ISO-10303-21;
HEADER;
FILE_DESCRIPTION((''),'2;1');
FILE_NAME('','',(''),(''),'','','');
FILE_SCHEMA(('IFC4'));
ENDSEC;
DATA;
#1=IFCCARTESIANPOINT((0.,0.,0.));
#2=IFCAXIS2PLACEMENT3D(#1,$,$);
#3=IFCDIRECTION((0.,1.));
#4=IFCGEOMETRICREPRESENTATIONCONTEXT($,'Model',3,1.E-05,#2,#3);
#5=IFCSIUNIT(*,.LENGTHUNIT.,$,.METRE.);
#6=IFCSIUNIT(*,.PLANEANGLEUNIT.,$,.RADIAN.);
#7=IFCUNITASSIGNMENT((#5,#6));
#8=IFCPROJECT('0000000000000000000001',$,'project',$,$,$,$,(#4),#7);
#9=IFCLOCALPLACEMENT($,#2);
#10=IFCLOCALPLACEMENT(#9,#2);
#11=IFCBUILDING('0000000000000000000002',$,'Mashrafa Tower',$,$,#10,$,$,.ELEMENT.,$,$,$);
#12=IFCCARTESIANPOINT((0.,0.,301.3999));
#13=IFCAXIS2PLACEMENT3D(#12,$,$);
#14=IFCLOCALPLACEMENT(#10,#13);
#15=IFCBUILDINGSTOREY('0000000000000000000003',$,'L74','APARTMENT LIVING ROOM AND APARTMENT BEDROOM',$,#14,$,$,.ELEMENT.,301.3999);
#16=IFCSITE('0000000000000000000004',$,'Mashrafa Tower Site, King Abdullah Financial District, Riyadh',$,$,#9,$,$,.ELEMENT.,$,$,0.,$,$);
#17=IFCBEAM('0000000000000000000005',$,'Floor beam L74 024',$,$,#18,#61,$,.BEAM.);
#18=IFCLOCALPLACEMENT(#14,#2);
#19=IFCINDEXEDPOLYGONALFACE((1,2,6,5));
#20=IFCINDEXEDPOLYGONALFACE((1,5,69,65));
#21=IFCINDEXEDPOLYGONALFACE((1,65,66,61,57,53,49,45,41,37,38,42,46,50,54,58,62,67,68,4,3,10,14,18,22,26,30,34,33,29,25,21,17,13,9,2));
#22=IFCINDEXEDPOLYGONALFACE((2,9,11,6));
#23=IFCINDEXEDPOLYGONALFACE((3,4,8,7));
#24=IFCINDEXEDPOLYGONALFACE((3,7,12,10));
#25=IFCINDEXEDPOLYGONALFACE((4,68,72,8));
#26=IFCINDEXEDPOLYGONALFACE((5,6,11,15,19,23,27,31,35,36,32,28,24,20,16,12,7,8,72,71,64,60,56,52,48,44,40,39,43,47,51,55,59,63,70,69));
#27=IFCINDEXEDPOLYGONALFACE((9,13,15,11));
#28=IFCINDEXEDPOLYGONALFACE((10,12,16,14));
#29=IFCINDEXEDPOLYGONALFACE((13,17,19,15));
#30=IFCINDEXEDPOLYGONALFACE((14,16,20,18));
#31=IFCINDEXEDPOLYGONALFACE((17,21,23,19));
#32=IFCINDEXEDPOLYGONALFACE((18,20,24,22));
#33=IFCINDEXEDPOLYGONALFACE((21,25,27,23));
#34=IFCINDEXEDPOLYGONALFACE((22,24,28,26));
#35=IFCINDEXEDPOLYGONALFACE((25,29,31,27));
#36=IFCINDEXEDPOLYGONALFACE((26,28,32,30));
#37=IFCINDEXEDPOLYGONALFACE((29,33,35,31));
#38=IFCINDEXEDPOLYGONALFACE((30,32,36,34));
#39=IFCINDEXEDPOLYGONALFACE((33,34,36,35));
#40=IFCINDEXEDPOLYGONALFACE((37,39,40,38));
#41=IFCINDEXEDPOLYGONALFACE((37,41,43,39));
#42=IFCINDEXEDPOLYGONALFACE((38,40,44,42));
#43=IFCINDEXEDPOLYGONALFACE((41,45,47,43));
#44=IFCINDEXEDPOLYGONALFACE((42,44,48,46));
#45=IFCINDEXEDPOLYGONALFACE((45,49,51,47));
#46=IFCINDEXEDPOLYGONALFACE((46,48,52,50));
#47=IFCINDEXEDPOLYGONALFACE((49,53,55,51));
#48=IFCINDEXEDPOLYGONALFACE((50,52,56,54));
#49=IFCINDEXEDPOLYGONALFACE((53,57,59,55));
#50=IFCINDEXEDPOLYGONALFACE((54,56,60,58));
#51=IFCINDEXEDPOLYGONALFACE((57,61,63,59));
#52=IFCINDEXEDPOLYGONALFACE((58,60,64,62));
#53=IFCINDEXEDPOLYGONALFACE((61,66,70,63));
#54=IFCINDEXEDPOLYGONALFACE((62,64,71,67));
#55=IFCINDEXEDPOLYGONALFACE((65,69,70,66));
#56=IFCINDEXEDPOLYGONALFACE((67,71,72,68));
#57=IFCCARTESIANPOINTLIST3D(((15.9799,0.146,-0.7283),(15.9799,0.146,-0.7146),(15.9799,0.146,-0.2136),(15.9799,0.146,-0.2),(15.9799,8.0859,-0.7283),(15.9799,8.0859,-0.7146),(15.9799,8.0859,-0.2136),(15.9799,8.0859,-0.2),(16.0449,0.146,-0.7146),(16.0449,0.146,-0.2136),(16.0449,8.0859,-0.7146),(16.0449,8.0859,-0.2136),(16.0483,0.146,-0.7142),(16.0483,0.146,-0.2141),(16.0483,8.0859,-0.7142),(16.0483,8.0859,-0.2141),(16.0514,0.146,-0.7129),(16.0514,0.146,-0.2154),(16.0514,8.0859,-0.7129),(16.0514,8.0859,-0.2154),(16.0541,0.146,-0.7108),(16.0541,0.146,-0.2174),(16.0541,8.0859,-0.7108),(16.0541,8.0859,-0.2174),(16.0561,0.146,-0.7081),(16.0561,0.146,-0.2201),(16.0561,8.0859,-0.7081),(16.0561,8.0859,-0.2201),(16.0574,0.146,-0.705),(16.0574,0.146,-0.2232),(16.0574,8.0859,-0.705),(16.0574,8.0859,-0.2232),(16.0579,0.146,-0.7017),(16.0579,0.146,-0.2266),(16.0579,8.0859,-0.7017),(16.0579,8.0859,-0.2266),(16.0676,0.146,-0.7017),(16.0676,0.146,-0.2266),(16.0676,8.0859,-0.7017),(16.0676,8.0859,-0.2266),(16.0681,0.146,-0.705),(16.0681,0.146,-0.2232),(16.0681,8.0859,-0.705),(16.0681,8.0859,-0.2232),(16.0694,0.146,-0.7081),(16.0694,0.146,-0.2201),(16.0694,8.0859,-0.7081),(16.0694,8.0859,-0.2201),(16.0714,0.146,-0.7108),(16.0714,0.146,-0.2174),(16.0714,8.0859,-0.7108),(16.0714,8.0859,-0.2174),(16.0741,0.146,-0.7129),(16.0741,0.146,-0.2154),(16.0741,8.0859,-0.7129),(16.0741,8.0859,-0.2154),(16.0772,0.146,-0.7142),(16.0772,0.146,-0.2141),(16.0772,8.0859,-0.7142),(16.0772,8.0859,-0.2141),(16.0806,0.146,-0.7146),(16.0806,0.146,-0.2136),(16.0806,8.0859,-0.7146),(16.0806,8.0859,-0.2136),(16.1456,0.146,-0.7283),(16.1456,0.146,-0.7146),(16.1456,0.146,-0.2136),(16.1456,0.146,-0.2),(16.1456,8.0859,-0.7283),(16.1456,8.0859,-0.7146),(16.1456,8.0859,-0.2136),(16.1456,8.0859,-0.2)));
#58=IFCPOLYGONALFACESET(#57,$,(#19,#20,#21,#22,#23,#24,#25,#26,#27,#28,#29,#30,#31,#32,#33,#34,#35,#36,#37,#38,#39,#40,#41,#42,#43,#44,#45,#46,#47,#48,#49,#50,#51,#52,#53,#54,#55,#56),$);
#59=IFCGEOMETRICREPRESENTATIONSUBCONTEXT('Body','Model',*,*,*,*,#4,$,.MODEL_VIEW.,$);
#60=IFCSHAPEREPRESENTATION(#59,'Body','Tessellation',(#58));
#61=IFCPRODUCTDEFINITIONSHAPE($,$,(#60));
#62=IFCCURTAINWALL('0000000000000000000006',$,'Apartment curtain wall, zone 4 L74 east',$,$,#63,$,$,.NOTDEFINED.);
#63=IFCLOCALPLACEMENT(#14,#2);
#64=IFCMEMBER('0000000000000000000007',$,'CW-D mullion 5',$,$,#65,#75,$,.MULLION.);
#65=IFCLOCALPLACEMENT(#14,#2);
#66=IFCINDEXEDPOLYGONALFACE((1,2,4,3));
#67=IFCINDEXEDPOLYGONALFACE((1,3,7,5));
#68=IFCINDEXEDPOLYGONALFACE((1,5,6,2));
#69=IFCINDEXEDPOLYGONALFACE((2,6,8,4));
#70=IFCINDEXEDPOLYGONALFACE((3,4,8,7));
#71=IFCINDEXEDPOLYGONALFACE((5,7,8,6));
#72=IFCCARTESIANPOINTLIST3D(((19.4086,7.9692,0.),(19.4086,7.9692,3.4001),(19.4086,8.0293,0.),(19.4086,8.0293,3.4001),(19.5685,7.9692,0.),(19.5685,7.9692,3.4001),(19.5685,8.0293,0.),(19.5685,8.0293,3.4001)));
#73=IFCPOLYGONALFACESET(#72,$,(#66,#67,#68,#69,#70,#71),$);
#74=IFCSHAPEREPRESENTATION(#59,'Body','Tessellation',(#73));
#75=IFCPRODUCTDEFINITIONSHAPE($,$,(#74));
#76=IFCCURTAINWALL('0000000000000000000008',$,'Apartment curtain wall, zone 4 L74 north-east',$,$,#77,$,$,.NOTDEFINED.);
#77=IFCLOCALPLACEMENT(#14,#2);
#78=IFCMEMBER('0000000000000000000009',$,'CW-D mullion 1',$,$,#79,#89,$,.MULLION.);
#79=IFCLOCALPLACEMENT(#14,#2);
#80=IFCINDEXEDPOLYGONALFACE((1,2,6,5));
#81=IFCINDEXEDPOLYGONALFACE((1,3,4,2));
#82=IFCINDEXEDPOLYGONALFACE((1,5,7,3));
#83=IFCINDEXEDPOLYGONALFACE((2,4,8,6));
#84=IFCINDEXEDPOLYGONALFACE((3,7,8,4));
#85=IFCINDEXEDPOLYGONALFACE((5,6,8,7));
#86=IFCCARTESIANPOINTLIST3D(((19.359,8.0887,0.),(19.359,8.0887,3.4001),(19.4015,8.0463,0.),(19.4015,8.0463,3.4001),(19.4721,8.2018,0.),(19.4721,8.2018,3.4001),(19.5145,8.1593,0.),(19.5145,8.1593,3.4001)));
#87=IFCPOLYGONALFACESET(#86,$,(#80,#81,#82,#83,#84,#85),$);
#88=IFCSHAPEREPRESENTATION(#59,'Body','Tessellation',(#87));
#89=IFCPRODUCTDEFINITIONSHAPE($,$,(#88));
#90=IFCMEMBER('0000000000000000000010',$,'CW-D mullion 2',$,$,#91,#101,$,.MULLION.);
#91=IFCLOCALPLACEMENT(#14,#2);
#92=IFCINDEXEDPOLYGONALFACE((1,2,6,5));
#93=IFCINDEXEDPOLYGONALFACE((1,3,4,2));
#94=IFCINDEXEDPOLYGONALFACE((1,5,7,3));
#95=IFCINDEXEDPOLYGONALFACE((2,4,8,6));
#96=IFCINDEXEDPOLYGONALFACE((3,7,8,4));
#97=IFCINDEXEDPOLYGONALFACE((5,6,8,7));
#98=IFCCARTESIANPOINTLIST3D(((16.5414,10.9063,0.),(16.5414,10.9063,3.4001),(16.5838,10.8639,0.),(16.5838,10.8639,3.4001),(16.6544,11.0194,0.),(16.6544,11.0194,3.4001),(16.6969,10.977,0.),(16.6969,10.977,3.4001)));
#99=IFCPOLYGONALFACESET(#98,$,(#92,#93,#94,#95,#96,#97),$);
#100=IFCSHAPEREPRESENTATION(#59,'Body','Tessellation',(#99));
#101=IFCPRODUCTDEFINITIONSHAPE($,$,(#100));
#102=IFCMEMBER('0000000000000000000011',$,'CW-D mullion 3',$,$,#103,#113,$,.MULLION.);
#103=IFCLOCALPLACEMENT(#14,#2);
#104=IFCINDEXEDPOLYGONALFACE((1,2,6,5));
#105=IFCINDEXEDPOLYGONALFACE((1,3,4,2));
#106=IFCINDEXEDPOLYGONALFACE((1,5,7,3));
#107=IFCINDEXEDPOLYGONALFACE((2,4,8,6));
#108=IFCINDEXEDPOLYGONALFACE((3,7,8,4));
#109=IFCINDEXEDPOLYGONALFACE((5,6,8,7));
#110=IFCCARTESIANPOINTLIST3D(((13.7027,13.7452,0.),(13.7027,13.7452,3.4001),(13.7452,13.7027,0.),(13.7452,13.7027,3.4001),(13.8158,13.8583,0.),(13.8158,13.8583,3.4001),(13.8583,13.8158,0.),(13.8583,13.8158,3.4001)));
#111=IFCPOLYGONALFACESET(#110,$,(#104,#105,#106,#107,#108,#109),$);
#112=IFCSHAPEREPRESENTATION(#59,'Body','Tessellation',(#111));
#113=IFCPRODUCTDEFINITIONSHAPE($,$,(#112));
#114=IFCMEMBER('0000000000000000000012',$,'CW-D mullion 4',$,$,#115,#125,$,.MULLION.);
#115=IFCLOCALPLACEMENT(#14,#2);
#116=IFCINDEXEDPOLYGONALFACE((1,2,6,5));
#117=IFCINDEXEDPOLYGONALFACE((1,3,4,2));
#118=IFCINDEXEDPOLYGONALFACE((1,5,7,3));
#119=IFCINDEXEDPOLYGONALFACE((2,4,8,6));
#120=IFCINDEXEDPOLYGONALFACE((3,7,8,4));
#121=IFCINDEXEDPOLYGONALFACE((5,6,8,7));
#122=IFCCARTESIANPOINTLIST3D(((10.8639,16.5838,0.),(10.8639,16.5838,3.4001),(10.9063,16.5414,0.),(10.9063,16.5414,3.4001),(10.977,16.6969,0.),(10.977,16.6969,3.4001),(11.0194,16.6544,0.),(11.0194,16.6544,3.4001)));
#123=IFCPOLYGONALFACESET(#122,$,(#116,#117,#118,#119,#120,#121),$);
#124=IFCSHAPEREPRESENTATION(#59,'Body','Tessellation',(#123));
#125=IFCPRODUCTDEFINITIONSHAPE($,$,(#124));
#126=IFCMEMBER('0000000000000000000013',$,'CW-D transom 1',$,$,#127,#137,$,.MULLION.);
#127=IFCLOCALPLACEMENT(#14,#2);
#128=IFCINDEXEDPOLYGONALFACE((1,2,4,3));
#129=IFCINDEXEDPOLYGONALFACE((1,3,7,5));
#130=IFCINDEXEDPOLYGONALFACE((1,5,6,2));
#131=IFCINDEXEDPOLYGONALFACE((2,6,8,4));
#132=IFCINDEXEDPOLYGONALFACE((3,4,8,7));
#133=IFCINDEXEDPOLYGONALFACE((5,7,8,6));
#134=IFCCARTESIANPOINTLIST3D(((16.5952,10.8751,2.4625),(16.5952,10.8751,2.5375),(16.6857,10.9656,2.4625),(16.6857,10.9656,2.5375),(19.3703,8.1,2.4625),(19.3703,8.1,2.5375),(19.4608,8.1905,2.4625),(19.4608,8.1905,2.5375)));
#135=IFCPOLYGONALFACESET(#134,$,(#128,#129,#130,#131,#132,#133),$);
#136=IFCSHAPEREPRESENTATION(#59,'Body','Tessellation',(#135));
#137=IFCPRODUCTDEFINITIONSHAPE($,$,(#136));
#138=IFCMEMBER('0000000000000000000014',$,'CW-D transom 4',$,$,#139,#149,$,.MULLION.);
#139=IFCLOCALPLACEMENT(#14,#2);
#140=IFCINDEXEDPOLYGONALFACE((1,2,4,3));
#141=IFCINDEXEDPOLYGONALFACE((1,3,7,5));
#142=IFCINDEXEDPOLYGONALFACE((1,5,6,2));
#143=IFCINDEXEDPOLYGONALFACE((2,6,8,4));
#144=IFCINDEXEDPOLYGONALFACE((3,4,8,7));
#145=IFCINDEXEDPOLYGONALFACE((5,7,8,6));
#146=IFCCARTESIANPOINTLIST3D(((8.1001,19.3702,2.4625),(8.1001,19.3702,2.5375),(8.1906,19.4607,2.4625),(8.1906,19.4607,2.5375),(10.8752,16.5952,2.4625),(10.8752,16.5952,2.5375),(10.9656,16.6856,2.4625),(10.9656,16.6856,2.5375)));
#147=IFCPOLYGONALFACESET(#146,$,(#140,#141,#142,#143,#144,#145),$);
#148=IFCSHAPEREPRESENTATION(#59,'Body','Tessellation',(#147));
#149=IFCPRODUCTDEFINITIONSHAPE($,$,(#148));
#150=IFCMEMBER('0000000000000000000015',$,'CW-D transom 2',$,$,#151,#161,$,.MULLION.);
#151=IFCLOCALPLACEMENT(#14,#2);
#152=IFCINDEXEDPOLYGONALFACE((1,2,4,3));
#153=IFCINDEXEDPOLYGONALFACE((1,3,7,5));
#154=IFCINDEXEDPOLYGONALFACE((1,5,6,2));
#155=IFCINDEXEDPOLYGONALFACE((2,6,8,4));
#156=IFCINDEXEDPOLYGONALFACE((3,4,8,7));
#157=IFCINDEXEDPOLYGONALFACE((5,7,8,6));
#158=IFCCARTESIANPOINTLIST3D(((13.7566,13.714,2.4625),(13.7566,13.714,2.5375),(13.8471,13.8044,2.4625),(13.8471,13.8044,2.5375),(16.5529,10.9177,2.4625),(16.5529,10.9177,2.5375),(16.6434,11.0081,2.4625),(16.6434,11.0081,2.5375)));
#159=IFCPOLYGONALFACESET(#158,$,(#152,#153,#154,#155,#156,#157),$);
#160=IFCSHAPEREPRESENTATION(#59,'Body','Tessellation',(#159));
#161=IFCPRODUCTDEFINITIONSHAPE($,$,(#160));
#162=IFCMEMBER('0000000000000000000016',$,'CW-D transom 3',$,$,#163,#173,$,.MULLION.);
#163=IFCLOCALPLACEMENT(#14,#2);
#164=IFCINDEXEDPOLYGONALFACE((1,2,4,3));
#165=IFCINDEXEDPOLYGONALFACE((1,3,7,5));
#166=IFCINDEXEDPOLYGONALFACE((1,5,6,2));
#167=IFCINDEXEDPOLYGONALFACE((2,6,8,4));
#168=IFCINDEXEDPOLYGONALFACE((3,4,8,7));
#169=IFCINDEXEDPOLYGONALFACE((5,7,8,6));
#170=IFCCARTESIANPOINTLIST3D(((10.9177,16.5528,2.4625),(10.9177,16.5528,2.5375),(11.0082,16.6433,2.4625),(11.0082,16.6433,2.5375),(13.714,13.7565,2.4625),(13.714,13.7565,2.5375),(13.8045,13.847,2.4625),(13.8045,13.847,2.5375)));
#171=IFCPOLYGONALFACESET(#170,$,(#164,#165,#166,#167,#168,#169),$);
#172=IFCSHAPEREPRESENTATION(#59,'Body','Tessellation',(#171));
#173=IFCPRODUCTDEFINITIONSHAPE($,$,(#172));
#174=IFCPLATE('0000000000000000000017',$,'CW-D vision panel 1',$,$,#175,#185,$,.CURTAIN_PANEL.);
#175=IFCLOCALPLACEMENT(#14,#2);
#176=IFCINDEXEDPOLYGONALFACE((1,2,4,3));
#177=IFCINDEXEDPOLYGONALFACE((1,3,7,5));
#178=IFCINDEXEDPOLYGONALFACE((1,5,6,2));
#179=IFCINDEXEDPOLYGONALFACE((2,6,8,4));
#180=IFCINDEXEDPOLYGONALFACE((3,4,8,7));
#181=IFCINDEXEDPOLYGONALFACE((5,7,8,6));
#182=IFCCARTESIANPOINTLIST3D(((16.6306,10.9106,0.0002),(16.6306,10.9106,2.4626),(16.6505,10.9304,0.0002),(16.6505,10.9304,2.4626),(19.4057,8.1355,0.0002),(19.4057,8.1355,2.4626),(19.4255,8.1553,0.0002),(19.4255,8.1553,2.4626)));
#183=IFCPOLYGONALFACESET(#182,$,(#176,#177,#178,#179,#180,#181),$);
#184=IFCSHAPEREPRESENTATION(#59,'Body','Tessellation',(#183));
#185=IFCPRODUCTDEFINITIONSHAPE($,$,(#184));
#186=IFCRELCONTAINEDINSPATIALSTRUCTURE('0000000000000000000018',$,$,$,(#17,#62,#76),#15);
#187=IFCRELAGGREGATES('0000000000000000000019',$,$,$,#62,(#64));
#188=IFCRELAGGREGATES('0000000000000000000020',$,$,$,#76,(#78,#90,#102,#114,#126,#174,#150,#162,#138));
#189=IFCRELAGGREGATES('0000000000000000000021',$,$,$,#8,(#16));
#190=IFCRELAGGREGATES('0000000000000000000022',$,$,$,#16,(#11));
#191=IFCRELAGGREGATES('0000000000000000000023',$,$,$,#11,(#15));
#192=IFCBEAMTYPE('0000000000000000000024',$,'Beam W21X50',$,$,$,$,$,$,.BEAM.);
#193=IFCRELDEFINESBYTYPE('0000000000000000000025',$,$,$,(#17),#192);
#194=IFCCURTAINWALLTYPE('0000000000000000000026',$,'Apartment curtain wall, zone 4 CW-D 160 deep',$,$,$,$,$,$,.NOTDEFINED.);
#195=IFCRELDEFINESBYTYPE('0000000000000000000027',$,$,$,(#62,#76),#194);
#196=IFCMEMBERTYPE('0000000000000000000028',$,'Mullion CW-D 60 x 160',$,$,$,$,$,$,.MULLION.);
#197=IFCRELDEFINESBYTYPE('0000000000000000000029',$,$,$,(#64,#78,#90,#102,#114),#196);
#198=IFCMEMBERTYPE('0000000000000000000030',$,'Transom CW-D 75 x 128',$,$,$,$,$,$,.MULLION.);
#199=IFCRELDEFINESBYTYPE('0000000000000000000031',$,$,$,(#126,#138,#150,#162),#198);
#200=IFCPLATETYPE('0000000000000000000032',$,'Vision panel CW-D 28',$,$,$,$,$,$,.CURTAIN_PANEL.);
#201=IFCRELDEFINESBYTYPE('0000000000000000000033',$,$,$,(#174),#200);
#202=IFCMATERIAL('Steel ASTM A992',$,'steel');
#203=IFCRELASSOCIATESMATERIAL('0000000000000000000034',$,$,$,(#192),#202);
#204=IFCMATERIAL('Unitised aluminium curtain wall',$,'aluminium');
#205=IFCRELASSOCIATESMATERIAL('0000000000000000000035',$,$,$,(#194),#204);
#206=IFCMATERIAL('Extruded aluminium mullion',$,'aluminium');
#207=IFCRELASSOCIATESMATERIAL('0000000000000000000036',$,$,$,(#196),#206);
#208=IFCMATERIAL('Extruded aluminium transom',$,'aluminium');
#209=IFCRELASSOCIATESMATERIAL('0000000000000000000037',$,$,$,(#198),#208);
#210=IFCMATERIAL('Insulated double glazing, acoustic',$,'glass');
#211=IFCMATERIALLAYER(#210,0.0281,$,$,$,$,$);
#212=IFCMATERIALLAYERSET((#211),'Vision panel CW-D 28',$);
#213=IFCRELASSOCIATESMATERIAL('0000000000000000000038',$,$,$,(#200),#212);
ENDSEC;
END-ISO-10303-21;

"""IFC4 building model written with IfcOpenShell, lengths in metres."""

from ifc_helpers import new_model, si_unit, direction, frame, origin, origin_2d, place, context, subcontext, project, spatial, rectangle, i_section, extrude, source, transform, mapped, material, layer, layer_set, material_profile, profile_set, type_object, type_shapes, element, aggregate, save


model = new_model("IFC4")

# Units and contexts
model_context = context("Model", 3, precision=1e-05, world=origin(), true_north=direction((0.0, 1.0)))
body_context = subcontext(model_context, "Body", "Model", "MODEL_VIEW")
ifc_project = project(units=[si_unit("LENGTHUNIT", "METRE"), si_unit("PLANEANGLEUNIT", "RADIAN")], contexts=[model_context])

# Site, building, storey
site_placement = place(None, origin())
site = spatial("IfcSite", under=ifc_project, at=site_placement, Name="Mashrafa Tower Site, King Abdullah Financial District, Riyadh", CompositionType="ELEMENT", RefElevation=0.0)
building_placement = place(site_placement, origin())
building = spatial("IfcBuilding", under=site, at=building_placement, Name="Mashrafa Tower", CompositionType="ELEMENT")
storey_placement = place(building_placement, frame((0.0, 0.0, 301.3999)))
storey = spatial("IfcBuildingStorey", under=building, at=storey_placement, Name="L74", Description="APARTMENT LIVING ROOM AND APARTMENT BEDROOM", CompositionType="ELEMENT", Elevation=301.3999)

# Beam
ifc_material_1 = material(Name="Steel ASTM A992", Category="steel")
ifc_material_profile_1 = material_profile(ifc_material_1, i_section(OverallWidth=0.1658, OverallDepth=0.5283, WebThickness=0.0098, FlangeThickness=0.0137, FilletRadius=0.0129, at=origin_2d()), Name="W21X50")
ifc_profile_set_1 = profile_set([ifc_material_profile_1], Name="Steel ASTM A992")
beam_type_1 = type_object("IfcBeamType", Name="Beam W21X50", PredefinedType="BEAM", material=ifc_profile_set_1)
beam_1_placement = place(storey_placement, frame((16.0627, 8.0859, -0.4641), z_axis=(0.0, -1.0, 0.0), x_axis=(1.0, 0.0, 0.0)))
element("IfcBeam", 1, at=beam_1_placement, inside=storey, type_object=beam_type_1, Name="Floor beam L74 024", PredefinedType="BEAM", context=body_context, shape_type="SweptSolid", body=[
    extrude(i_section(OverallWidth=0.1658, OverallDepth=0.5283, WebThickness=0.0098, FlangeThickness=0.0137, FilletRadius=0.0129, at=origin_2d()), origin(), (0.0, 0.0, 1.0), 7.9399),
])

# Curtain wall, member
ifc_material_2 = material(Name="Unitised aluminium curtain wall", Category="aluminium")
curtain_wall_type = type_object("IfcCurtainWallType", Name="Apartment curtain wall, zone 4 CW-D 160 deep", PredefinedType="NOTDEFINED", material=ifc_material_2)
curtain_wall_1_placement = place(storey_placement, origin())
curtain_wall_1 = element("IfcCurtainWall", 2, at=curtain_wall_1_placement, inside=storey, type_object=curtain_wall_type, Name="Apartment curtain wall, zone 4 L74 east", PredefinedType="NOTDEFINED")
ifc_material_3 = material(Name="Extruded aluminium mullion", Category="aluminium")
ifc_material_profile_2 = material_profile(ifc_material_3, rectangle(XDim=0.1599, YDim=0.0601, at=origin_2d()), Name="Mullion 60x160")
ifc_profile_set_2 = profile_set([ifc_material_profile_2], Name="Extruded aluminium mullion")
member_type_1 = type_object("IfcMemberType", Name="Mullion CW-D 60 x 160", PredefinedType="MULLION", material=ifc_profile_set_2)
shared_shape_1 = source(origin(), body_context, "Body", "SweptSolid", [
    extrude(rectangle(XDim=0.1599, YDim=0.0601, at=origin_2d()), origin(), (0.0, 0.0, 1.0), 3.4001),
])
type_shapes(member_type_1, [shared_shape_1])
member_1_placement = place(storey_placement, frame((19.4885, 7.9993, 0.0), z_axis=(0.0, 0.0, 1.0), x_axis=(-1.0, 0.0, 0.0)))
member_1 = element("IfcMember", 3, at=member_1_placement, type_object=member_type_1, Name="CW-D mullion 5", PredefinedType="MULLION", context=body_context, shape_type="MappedRepresentation", body=[
    mapped(shared_shape_1, transform((0.0, 0.0, 0.0))),
])
aggregate(curtain_wall_1, [member_1])

# Curtain wall, members, plate
curtain_wall_2_placement = place(storey_placement, origin())
curtain_wall_2 = element("IfcCurtainWall", 4, at=curtain_wall_2_placement, inside=storey, type_object=curtain_wall_type, Name="Apartment curtain wall, zone 4 L74 north-east", PredefinedType="NOTDEFINED")
member_2_placement = place(storey_placement, frame((19.4368, 8.124, 0.0), z_axis=(0.0, 0.0, 1.0), x_axis=(-0.707107, -0.707107, 0.0)))
member_2 = element("IfcMember", 5, at=member_2_placement, type_object=member_type_1, Name="CW-D mullion 1", PredefinedType="MULLION", context=body_context, shape_type="MappedRepresentation", body=[
    mapped(shared_shape_1, transform((0.0, 0.0, 0.0))),
])
member_3_placement = place(storey_placement, frame((16.6191, 10.9417, 0.0), z_axis=(0.0, 0.0, 1.0), x_axis=(-0.707107, -0.707107, 0.0)))
member_3 = element("IfcMember", 6, at=member_3_placement, type_object=member_type_1, Name="CW-D mullion 2", PredefinedType="MULLION", context=body_context, shape_type="MappedRepresentation", body=[
    mapped(shared_shape_1, transform((0.0, 0.0, 0.0))),
])
member_4_placement = place(storey_placement, frame((13.7805, 13.7805, 0.0), z_axis=(0.0, 0.0, 1.0), x_axis=(-0.707107, -0.707107, 0.0)))
member_4 = element("IfcMember", 7, at=member_4_placement, type_object=member_type_1, Name="CW-D mullion 3", PredefinedType="MULLION", context=body_context, shape_type="MappedRepresentation", body=[
    mapped(shared_shape_1, transform((0.0, 0.0, 0.0))),
])
member_5_placement = place(storey_placement, frame((10.9417, 16.6191, 0.0), z_axis=(0.0, 0.0, 1.0), x_axis=(-0.707107, -0.707107, 0.0)))
member_5 = element("IfcMember", 8, at=member_5_placement, type_object=member_type_1, Name="CW-D mullion 4", PredefinedType="MULLION", context=body_context, shape_type="MappedRepresentation", body=[
    mapped(shared_shape_1, transform((0.0, 0.0, 0.0))),
])
ifc_material_4 = material(Name="Extruded aluminium transom", Category="aluminium")
ifc_material_profile_3 = material_profile(ifc_material_4, rectangle(XDim=0.1279, YDim=0.075, at=origin_2d()), Name="Transom 75x128")
ifc_profile_set_3 = profile_set([ifc_material_profile_3], Name="Extruded aluminium transom")
member_type_2 = type_object("IfcMemberType", Name="Transom CW-D 75 x 128", PredefinedType="MULLION", material=ifc_profile_set_3)
shared_shape_2 = source(origin(), body_context, "Body", "SweptSolid", [
    extrude(rectangle(XDim=0.1279, YDim=0.075, at=origin_2d()), origin(), (0.0, 0.0, 1.0), 3.9246),
])
member_6_placement = place(storey_placement, frame((19.4155, 8.1453, 2.5), z_axis=(-0.707107, 0.707107, 0.0), x_axis=(-0.707107, -0.707107, 0.0)))
member_6 = element("IfcMember", 9, at=member_6_placement, type_object=member_type_2, Name="CW-D transom 1", PredefinedType="MULLION", context=body_context, shape_type="MappedRepresentation", body=[
    mapped(shared_shape_2, transform((0.0, 0.0, 0.0))),
])
member_7_placement = place(storey_placement, frame((10.9204, 16.6404, 2.5), z_axis=(-0.707107, 0.707107, 0.0), x_axis=(-0.707107, -0.707107, 0.0)))
member_7 = element("IfcMember", 10, at=member_7_placement, type_object=member_type_2, Name="CW-D transom 4", PredefinedType="MULLION", context=body_context, shape_type="MappedRepresentation", body=[
    mapped(shared_shape_2, transform((0.0, 0.0, 0.0))),
])
shared_shape_3 = source(origin(), body_context, "Body", "SweptSolid", [
    extrude(rectangle(XDim=0.1279, YDim=0.075, at=origin_2d()), origin(), (0.0, 0.0, 1.0), 3.9546),
])
type_shapes(member_type_2, [shared_shape_2, shared_shape_3])
member_8_placement = place(storey_placement, frame((16.5981, 10.9629, 2.5), z_axis=(-0.707107, 0.707107, 0.0), x_axis=(-0.707107, -0.707107, 0.0)))
member_8 = element("IfcMember", 11, at=member_8_placement, type_object=member_type_2, Name="CW-D transom 2", PredefinedType="MULLION", context=body_context, shape_type="MappedRepresentation", body=[
    mapped(shared_shape_3, transform((0.0, 0.0, 0.0))),
])
member_9_placement = place(storey_placement, frame((13.7593, 13.8018, 2.5), z_axis=(-0.707107, 0.707107, 0.0), x_axis=(-0.707107, -0.707107, 0.0)))
member_9 = element("IfcMember", 12, at=member_9_placement, type_object=member_type_2, Name="CW-D transom 3", PredefinedType="MULLION", context=body_context, shape_type="MappedRepresentation", body=[
    mapped(shared_shape_3, transform((0.0, 0.0, 0.0))),
])
ifc_material_5 = material(Name="Insulated double glazing, acoustic", Category="glass")
ifc_layer_1 = layer(ifc_material_5, 0.0281)
ifc_layer_set_1 = layer_set([ifc_layer_1], Name="Vision panel CW-D 28")
plate_type_1 = type_object("IfcPlateType", Name="Vision panel CW-D 28", PredefinedType="CURTAIN_PANEL", material=ifc_layer_set_1)
shared_shape_4 = source(origin(), body_context, "Body", "SweptSolid", [
    extrude(rectangle(XDim=3.9246, YDim=0.0281, at=origin_2d()), origin(), (0.0, 0.0, 1.0), 2.4624),
])
plate_1_placement = place(storey_placement, frame((18.0281, 9.533, 0.0002), z_axis=(0.0, 0.0, 1.0), x_axis=(-0.707107, 0.707107, 0.0)))
plate_1 = element("IfcPlate", 13, at=plate_1_placement, type_object=plate_type_1, Name="CW-D vision panel 1", PredefinedType="CURTAIN_PANEL", context=body_context, shape_type="MappedRepresentation", body=[
    mapped(shared_shape_4, transform((0.0, 0.0, 0.0))),
])
aggregate(curtain_wall_2, [member_2, member_3, member_4, member_5, member_6, plate_1, member_8, member_9, member_7])

save(model, "model.ifc")
